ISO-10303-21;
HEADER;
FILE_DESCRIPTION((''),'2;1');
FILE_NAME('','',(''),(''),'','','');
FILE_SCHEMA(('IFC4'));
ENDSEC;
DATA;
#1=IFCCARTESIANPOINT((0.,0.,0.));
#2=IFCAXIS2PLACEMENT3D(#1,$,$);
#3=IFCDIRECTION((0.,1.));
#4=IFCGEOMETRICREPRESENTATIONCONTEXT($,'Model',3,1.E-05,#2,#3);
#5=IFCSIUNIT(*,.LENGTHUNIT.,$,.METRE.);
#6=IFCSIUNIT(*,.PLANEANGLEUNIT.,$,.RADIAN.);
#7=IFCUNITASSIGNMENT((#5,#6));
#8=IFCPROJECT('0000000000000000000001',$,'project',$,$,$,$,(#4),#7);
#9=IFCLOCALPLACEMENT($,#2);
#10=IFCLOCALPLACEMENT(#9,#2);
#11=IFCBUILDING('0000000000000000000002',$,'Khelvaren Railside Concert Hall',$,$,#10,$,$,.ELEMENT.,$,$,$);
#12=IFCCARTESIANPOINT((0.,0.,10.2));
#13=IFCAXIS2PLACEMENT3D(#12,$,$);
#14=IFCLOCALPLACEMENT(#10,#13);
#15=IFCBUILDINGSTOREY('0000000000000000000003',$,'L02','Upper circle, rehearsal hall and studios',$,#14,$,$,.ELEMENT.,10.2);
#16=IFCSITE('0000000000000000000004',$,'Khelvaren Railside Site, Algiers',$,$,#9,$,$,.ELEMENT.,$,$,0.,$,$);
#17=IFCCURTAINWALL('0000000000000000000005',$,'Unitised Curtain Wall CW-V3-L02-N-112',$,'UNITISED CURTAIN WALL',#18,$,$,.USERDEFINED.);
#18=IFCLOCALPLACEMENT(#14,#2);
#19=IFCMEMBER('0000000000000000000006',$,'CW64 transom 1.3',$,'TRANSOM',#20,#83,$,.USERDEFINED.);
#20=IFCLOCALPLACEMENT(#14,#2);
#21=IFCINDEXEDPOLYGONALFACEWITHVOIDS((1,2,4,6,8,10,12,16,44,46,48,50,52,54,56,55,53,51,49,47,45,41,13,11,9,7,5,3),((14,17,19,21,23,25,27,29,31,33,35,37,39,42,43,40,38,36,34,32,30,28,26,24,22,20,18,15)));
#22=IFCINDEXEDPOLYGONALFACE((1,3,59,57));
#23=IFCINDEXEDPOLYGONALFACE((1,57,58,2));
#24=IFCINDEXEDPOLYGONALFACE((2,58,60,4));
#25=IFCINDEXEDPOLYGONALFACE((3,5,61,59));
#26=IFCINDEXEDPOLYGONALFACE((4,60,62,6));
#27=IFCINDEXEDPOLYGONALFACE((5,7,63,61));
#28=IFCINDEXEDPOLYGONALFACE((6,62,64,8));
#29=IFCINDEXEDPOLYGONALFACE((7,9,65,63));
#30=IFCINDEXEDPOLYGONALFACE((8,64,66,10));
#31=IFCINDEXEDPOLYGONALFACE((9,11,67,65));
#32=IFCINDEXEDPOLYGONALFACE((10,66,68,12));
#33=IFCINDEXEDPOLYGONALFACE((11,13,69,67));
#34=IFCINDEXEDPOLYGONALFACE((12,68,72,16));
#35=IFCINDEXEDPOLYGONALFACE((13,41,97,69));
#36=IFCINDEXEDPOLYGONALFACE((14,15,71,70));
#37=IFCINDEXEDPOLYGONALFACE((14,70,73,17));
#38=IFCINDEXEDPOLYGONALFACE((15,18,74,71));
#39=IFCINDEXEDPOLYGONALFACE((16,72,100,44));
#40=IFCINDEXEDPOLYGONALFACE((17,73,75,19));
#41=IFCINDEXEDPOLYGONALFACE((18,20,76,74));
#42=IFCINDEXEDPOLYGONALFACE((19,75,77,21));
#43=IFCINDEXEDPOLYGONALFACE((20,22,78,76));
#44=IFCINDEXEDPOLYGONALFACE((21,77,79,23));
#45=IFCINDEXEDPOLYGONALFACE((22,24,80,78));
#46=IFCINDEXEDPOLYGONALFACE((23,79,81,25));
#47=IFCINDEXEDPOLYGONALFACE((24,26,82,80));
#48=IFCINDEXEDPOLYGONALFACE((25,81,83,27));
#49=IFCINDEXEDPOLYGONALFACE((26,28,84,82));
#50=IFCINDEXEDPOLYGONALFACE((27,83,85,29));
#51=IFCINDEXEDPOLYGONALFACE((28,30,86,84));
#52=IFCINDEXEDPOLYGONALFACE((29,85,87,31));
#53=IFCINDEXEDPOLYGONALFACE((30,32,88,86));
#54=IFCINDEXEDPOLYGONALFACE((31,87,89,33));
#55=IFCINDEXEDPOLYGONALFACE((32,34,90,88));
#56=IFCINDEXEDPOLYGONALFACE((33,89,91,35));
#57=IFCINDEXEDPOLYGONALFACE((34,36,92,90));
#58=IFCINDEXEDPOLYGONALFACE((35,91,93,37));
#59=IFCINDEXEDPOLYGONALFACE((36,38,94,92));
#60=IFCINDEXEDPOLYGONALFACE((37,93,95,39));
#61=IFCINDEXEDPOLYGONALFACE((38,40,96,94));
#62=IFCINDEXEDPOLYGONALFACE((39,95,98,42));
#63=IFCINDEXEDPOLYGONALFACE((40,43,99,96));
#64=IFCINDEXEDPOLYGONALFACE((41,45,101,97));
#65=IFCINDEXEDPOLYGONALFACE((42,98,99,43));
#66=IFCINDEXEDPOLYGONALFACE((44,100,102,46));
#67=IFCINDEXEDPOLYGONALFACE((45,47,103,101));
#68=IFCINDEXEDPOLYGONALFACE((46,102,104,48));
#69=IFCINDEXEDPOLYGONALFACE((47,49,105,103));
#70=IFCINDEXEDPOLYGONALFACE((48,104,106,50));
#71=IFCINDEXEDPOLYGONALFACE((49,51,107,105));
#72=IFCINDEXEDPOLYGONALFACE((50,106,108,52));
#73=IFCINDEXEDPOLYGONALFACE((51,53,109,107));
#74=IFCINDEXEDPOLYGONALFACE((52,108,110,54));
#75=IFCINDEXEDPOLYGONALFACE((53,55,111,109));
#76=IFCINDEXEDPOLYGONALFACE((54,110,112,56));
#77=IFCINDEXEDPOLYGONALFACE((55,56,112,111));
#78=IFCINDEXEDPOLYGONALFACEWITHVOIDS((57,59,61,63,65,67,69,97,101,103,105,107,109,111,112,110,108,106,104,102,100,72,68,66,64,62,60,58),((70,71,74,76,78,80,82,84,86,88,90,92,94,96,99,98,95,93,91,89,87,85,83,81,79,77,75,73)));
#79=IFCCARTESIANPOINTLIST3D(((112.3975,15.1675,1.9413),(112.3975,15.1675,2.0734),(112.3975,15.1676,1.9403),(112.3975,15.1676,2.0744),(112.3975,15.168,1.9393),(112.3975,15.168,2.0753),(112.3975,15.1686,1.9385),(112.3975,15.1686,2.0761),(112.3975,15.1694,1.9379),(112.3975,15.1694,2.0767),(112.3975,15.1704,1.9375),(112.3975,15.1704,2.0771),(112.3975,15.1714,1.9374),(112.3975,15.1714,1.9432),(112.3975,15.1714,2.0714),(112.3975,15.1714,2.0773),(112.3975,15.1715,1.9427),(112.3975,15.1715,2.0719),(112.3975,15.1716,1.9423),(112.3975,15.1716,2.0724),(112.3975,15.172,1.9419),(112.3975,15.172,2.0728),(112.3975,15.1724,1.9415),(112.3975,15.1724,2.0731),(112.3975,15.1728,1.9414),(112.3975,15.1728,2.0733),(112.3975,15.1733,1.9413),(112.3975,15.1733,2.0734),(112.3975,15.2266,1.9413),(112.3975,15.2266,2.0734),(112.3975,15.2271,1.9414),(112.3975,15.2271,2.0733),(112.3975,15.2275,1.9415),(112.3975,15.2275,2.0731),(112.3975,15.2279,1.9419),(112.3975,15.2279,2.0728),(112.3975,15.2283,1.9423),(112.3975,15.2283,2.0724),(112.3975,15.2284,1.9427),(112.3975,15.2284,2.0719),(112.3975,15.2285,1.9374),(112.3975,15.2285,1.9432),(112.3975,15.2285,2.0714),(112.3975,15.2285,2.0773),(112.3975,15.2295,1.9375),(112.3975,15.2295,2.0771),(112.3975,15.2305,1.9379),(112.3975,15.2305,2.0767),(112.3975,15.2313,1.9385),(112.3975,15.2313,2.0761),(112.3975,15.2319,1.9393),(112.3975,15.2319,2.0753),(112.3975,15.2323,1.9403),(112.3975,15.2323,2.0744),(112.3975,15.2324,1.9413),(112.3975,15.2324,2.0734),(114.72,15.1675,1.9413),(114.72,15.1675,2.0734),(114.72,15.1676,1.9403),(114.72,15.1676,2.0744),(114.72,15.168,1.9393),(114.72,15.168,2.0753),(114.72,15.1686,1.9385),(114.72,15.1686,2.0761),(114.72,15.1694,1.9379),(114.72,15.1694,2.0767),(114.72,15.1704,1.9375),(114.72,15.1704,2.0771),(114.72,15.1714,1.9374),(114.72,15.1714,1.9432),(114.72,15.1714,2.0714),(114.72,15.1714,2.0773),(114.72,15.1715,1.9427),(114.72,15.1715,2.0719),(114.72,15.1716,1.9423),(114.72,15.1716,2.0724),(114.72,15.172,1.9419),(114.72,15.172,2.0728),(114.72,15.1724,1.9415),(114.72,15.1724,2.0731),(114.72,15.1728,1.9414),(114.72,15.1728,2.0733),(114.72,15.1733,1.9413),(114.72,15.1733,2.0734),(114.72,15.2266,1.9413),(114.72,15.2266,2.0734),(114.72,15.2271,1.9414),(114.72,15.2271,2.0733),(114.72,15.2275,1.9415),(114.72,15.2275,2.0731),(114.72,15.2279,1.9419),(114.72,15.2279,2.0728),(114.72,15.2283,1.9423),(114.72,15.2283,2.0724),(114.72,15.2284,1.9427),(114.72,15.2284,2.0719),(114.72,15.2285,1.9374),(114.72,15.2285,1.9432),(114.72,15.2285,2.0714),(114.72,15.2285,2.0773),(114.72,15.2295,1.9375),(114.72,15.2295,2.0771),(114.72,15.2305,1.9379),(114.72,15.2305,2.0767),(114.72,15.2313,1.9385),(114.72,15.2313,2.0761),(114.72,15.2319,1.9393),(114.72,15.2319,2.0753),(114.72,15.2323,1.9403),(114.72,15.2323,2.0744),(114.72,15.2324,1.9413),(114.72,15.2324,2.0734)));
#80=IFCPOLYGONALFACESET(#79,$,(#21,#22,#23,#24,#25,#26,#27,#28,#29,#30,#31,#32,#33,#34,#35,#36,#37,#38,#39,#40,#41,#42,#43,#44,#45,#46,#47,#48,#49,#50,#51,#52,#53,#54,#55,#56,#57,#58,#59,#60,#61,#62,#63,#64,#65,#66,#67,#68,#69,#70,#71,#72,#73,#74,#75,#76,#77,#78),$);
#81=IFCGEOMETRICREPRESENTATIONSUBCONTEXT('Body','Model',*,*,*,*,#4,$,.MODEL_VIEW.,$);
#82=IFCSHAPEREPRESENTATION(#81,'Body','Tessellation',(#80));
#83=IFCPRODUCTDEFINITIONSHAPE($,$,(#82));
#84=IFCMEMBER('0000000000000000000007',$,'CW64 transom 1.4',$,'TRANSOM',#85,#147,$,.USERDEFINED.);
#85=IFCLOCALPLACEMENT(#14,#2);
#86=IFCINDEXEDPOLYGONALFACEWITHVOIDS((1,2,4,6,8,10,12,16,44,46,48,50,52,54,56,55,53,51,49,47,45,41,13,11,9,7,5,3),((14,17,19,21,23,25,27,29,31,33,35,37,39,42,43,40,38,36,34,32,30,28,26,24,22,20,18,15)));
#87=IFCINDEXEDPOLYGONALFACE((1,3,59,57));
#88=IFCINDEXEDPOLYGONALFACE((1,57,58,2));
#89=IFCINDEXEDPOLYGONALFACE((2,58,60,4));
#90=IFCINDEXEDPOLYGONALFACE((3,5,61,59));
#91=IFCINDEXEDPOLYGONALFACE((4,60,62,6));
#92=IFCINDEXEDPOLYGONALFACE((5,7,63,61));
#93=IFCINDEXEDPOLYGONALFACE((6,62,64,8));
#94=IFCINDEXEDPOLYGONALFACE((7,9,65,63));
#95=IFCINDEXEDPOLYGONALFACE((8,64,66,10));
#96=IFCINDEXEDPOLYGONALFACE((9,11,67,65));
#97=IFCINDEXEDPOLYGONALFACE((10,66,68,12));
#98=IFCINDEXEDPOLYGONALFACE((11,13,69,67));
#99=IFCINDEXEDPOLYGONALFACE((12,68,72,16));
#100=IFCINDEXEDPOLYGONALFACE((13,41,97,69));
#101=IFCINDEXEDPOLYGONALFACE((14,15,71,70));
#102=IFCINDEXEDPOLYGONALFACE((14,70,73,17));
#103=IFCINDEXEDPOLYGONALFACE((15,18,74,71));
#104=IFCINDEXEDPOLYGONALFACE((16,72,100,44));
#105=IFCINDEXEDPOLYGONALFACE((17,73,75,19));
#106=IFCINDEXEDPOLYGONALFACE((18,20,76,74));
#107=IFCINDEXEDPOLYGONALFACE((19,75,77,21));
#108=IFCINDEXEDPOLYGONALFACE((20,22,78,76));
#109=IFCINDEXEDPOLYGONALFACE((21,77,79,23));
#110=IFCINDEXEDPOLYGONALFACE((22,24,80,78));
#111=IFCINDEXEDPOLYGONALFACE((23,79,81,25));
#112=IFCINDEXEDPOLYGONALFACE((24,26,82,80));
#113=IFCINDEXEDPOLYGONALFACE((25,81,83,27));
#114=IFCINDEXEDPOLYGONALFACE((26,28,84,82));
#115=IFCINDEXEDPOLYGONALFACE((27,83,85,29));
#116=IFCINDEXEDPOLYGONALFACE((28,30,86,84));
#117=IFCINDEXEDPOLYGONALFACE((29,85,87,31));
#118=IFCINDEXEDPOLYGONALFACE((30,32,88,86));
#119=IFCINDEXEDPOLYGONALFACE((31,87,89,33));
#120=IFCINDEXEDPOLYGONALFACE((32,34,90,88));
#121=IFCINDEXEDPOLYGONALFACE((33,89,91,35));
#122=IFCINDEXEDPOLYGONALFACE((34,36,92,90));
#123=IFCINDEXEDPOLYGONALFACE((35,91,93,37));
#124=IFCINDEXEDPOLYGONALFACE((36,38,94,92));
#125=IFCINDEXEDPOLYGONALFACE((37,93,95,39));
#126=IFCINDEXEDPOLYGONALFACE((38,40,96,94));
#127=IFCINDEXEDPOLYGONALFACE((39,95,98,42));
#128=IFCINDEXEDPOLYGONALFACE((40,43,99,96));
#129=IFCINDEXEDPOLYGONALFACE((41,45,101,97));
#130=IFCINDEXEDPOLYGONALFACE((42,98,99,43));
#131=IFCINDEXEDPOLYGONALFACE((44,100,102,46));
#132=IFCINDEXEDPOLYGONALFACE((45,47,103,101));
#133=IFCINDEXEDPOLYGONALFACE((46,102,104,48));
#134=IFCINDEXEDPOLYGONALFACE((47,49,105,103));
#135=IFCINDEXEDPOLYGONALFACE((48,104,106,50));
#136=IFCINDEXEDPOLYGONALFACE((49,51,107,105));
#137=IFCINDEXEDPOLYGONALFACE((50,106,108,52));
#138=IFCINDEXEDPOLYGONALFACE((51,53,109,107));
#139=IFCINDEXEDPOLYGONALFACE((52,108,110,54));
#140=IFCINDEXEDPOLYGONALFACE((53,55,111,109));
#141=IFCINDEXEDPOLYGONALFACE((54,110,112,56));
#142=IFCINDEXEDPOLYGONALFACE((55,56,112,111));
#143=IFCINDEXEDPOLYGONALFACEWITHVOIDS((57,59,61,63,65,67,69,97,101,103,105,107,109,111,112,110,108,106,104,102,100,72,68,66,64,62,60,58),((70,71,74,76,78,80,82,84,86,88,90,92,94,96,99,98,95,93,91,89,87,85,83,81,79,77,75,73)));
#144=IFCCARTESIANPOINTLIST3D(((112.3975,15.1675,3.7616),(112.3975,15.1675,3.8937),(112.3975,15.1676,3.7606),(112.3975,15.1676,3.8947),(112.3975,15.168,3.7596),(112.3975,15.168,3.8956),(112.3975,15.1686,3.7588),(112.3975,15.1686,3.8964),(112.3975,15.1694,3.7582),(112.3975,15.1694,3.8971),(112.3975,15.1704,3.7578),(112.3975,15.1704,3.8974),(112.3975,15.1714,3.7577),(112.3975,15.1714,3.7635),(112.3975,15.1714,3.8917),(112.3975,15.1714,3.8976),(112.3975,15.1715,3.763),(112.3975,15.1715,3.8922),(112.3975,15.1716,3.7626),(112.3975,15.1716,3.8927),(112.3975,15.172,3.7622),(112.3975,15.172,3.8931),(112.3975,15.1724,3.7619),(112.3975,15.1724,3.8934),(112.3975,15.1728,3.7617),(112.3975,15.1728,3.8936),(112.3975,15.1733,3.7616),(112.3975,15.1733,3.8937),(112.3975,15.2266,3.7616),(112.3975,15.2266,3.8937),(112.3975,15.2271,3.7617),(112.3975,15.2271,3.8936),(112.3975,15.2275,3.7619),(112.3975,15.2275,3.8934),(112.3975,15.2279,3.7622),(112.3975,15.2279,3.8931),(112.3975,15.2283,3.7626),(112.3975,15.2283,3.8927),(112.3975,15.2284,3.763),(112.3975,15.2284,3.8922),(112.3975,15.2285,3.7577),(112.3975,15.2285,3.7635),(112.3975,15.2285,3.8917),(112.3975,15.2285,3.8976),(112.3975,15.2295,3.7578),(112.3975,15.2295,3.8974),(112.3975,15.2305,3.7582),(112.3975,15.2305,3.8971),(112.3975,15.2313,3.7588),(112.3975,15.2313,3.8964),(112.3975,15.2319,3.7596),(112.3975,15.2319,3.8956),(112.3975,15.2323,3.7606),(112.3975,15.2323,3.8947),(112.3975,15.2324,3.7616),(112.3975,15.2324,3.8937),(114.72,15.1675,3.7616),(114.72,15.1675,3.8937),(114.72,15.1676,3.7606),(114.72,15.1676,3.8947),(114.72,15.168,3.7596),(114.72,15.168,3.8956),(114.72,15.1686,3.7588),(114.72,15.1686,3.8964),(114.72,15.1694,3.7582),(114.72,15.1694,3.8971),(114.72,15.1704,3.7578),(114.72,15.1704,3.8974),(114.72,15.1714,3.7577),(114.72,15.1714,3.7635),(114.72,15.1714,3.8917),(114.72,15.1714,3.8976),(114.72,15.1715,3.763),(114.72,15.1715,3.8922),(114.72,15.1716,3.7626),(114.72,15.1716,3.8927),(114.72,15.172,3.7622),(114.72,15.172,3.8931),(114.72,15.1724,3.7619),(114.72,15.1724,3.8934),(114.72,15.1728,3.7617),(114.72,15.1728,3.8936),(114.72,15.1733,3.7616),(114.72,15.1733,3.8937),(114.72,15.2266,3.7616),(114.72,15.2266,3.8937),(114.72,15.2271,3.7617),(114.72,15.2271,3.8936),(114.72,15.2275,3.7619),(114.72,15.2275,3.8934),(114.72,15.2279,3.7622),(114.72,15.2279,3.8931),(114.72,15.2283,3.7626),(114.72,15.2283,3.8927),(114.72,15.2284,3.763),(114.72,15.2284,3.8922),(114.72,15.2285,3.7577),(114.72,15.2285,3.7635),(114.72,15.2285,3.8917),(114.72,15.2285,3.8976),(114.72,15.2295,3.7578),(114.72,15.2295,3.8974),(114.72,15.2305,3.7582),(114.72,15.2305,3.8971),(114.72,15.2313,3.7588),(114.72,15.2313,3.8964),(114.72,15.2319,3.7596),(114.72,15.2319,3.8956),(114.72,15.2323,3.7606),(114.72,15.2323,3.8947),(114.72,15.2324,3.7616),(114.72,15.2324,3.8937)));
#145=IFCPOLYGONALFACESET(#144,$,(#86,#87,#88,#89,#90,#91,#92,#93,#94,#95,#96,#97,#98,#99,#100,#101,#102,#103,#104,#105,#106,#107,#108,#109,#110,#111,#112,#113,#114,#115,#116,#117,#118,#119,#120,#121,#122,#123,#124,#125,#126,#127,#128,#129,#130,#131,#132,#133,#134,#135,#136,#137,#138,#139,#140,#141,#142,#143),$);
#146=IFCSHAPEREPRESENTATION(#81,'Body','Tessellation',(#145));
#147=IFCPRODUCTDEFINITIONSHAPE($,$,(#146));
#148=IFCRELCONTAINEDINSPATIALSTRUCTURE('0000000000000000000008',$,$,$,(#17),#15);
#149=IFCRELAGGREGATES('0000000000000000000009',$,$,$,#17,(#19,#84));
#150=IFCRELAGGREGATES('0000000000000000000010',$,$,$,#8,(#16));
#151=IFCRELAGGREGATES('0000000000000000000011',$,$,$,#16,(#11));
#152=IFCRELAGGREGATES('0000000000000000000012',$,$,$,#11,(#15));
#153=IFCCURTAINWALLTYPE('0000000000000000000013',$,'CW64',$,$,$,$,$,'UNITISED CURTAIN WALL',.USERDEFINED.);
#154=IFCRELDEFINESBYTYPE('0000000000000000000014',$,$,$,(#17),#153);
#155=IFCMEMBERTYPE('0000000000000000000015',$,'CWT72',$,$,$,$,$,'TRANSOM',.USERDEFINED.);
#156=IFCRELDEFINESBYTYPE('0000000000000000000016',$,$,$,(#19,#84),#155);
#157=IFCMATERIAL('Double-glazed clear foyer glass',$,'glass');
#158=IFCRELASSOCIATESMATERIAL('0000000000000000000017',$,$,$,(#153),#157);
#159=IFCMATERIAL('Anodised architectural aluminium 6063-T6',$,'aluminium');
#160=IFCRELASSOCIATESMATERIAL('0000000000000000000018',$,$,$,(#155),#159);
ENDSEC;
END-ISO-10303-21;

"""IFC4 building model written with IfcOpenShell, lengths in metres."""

from ifc_helpers import new_model, si_unit, direction, frame, origin, origin_2d, place, context, subcontext, project, spatial, hollow_rectangle, extrude, material, material_profile, profile_set, type_object, element, aggregate, save


model = new_model("IFC4")

# Units and contexts
model_context = context("Model", 3, precision=1e-05, world=origin(), true_north=direction((0.0, 1.0)))
body_context = subcontext(model_context, "Body", "Model", "MODEL_VIEW")
ifc_project = project(units=[si_unit("LENGTHUNIT", "METRE"), si_unit("PLANEANGLEUNIT", "RADIAN")], contexts=[model_context])

# Site, building, storey
site_placement = place(None, origin())
site = spatial("IfcSite", under=ifc_project, at=site_placement, Name="Khelvaren Railside Site, Algiers", CompositionType="ELEMENT", RefElevation=0.0)
building_placement = place(site_placement, origin())
building = spatial("IfcBuilding", under=site, at=building_placement, Name="Khelvaren Railside Concert Hall", CompositionType="ELEMENT")
storey_placement = place(building_placement, frame((0.0, 0.0, 10.2)))
storey = spatial("IfcBuildingStorey", under=building, at=storey_placement, Name="L02", Description="Upper circle, rehearsal hall and studios", CompositionType="ELEMENT", Elevation=10.2)

# Shared definitions
ifc_material_1 = material(Name="Double-glazed clear foyer glass", Category="glass")
ifc_material_2 = material(Name="Anodised architectural aluminium 6063-T6", Category="aluminium")

# Curtain wall
curtain_wall_type_1 = type_object("IfcCurtainWallType", Name="CW64", ElementType="UNITISED CURTAIN WALL", PredefinedType="USERDEFINED", material=ifc_material_1)
curtain_wall_1_placement = place(storey_placement, origin())
curtain_wall_1 = element("IfcCurtainWall", 1, at=curtain_wall_1_placement, inside=storey, type_object=curtain_wall_type_1, Name="Unitised Curtain Wall CW-V3-L02-N-112", ObjectType="UNITISED CURTAIN WALL", PredefinedType="USERDEFINED")

# Members
ifc_material_profile_1 = material_profile(ifc_material_2, hollow_rectangle(XDim=0.0649, YDim=0.1399, WallThickness=0.0039, InnerFilletRadius=0.002, OuterFilletRadius=0.0039, at=origin_2d()), Name="CWT 65x140x4")
ifc_profile_set_1 = profile_set([ifc_material_profile_1], Name="Anodised architectural aluminium 6063-T6")
member_type_1 = type_object("IfcMemberType", Name="CWT72", ElementType="TRANSOM", PredefinedType="USERDEFINED", material=ifc_profile_set_1)
member_1_placement = place(storey_placement, frame((112.3975, 15.2, 2.0073), z_axis=(1.0, 0.0, 0.0), x_axis=(0.0, 1.0, 0.0)))
member_1 = element("IfcMember", 2, at=member_1_placement, type_object=member_type_1, Name="CW64 transom 1.3", ObjectType="TRANSOM", PredefinedType="USERDEFINED", context=body_context, shape_type="SweptSolid", body=[
    extrude(hollow_rectangle(XDim=0.0649, YDim=0.1399, WallThickness=0.0039, InnerFilletRadius=0.002, OuterFilletRadius=0.0039, at=origin_2d()), origin(), (0.0, 0.0, 1.0), 2.3225),
])
member_2_placement = place(storey_placement, frame((112.3975, 15.2, 3.8276), z_axis=(1.0, 0.0, 0.0), x_axis=(0.0, 1.0, 0.0)))
member_2 = element("IfcMember", 3, at=member_2_placement, type_object=member_type_1, Name="CW64 transom 1.4", ObjectType="TRANSOM", PredefinedType="USERDEFINED", context=body_context, shape_type="SweptSolid", body=[
    extrude(hollow_rectangle(XDim=0.0649, YDim=0.1399, WallThickness=0.0039, InnerFilletRadius=0.002, OuterFilletRadius=0.0039, at=origin_2d()), origin(), (0.0, 0.0, 1.0), 2.3225),
])

aggregate(curtain_wall_1, [member_1, member_2])

save(model, "model.ifc")
